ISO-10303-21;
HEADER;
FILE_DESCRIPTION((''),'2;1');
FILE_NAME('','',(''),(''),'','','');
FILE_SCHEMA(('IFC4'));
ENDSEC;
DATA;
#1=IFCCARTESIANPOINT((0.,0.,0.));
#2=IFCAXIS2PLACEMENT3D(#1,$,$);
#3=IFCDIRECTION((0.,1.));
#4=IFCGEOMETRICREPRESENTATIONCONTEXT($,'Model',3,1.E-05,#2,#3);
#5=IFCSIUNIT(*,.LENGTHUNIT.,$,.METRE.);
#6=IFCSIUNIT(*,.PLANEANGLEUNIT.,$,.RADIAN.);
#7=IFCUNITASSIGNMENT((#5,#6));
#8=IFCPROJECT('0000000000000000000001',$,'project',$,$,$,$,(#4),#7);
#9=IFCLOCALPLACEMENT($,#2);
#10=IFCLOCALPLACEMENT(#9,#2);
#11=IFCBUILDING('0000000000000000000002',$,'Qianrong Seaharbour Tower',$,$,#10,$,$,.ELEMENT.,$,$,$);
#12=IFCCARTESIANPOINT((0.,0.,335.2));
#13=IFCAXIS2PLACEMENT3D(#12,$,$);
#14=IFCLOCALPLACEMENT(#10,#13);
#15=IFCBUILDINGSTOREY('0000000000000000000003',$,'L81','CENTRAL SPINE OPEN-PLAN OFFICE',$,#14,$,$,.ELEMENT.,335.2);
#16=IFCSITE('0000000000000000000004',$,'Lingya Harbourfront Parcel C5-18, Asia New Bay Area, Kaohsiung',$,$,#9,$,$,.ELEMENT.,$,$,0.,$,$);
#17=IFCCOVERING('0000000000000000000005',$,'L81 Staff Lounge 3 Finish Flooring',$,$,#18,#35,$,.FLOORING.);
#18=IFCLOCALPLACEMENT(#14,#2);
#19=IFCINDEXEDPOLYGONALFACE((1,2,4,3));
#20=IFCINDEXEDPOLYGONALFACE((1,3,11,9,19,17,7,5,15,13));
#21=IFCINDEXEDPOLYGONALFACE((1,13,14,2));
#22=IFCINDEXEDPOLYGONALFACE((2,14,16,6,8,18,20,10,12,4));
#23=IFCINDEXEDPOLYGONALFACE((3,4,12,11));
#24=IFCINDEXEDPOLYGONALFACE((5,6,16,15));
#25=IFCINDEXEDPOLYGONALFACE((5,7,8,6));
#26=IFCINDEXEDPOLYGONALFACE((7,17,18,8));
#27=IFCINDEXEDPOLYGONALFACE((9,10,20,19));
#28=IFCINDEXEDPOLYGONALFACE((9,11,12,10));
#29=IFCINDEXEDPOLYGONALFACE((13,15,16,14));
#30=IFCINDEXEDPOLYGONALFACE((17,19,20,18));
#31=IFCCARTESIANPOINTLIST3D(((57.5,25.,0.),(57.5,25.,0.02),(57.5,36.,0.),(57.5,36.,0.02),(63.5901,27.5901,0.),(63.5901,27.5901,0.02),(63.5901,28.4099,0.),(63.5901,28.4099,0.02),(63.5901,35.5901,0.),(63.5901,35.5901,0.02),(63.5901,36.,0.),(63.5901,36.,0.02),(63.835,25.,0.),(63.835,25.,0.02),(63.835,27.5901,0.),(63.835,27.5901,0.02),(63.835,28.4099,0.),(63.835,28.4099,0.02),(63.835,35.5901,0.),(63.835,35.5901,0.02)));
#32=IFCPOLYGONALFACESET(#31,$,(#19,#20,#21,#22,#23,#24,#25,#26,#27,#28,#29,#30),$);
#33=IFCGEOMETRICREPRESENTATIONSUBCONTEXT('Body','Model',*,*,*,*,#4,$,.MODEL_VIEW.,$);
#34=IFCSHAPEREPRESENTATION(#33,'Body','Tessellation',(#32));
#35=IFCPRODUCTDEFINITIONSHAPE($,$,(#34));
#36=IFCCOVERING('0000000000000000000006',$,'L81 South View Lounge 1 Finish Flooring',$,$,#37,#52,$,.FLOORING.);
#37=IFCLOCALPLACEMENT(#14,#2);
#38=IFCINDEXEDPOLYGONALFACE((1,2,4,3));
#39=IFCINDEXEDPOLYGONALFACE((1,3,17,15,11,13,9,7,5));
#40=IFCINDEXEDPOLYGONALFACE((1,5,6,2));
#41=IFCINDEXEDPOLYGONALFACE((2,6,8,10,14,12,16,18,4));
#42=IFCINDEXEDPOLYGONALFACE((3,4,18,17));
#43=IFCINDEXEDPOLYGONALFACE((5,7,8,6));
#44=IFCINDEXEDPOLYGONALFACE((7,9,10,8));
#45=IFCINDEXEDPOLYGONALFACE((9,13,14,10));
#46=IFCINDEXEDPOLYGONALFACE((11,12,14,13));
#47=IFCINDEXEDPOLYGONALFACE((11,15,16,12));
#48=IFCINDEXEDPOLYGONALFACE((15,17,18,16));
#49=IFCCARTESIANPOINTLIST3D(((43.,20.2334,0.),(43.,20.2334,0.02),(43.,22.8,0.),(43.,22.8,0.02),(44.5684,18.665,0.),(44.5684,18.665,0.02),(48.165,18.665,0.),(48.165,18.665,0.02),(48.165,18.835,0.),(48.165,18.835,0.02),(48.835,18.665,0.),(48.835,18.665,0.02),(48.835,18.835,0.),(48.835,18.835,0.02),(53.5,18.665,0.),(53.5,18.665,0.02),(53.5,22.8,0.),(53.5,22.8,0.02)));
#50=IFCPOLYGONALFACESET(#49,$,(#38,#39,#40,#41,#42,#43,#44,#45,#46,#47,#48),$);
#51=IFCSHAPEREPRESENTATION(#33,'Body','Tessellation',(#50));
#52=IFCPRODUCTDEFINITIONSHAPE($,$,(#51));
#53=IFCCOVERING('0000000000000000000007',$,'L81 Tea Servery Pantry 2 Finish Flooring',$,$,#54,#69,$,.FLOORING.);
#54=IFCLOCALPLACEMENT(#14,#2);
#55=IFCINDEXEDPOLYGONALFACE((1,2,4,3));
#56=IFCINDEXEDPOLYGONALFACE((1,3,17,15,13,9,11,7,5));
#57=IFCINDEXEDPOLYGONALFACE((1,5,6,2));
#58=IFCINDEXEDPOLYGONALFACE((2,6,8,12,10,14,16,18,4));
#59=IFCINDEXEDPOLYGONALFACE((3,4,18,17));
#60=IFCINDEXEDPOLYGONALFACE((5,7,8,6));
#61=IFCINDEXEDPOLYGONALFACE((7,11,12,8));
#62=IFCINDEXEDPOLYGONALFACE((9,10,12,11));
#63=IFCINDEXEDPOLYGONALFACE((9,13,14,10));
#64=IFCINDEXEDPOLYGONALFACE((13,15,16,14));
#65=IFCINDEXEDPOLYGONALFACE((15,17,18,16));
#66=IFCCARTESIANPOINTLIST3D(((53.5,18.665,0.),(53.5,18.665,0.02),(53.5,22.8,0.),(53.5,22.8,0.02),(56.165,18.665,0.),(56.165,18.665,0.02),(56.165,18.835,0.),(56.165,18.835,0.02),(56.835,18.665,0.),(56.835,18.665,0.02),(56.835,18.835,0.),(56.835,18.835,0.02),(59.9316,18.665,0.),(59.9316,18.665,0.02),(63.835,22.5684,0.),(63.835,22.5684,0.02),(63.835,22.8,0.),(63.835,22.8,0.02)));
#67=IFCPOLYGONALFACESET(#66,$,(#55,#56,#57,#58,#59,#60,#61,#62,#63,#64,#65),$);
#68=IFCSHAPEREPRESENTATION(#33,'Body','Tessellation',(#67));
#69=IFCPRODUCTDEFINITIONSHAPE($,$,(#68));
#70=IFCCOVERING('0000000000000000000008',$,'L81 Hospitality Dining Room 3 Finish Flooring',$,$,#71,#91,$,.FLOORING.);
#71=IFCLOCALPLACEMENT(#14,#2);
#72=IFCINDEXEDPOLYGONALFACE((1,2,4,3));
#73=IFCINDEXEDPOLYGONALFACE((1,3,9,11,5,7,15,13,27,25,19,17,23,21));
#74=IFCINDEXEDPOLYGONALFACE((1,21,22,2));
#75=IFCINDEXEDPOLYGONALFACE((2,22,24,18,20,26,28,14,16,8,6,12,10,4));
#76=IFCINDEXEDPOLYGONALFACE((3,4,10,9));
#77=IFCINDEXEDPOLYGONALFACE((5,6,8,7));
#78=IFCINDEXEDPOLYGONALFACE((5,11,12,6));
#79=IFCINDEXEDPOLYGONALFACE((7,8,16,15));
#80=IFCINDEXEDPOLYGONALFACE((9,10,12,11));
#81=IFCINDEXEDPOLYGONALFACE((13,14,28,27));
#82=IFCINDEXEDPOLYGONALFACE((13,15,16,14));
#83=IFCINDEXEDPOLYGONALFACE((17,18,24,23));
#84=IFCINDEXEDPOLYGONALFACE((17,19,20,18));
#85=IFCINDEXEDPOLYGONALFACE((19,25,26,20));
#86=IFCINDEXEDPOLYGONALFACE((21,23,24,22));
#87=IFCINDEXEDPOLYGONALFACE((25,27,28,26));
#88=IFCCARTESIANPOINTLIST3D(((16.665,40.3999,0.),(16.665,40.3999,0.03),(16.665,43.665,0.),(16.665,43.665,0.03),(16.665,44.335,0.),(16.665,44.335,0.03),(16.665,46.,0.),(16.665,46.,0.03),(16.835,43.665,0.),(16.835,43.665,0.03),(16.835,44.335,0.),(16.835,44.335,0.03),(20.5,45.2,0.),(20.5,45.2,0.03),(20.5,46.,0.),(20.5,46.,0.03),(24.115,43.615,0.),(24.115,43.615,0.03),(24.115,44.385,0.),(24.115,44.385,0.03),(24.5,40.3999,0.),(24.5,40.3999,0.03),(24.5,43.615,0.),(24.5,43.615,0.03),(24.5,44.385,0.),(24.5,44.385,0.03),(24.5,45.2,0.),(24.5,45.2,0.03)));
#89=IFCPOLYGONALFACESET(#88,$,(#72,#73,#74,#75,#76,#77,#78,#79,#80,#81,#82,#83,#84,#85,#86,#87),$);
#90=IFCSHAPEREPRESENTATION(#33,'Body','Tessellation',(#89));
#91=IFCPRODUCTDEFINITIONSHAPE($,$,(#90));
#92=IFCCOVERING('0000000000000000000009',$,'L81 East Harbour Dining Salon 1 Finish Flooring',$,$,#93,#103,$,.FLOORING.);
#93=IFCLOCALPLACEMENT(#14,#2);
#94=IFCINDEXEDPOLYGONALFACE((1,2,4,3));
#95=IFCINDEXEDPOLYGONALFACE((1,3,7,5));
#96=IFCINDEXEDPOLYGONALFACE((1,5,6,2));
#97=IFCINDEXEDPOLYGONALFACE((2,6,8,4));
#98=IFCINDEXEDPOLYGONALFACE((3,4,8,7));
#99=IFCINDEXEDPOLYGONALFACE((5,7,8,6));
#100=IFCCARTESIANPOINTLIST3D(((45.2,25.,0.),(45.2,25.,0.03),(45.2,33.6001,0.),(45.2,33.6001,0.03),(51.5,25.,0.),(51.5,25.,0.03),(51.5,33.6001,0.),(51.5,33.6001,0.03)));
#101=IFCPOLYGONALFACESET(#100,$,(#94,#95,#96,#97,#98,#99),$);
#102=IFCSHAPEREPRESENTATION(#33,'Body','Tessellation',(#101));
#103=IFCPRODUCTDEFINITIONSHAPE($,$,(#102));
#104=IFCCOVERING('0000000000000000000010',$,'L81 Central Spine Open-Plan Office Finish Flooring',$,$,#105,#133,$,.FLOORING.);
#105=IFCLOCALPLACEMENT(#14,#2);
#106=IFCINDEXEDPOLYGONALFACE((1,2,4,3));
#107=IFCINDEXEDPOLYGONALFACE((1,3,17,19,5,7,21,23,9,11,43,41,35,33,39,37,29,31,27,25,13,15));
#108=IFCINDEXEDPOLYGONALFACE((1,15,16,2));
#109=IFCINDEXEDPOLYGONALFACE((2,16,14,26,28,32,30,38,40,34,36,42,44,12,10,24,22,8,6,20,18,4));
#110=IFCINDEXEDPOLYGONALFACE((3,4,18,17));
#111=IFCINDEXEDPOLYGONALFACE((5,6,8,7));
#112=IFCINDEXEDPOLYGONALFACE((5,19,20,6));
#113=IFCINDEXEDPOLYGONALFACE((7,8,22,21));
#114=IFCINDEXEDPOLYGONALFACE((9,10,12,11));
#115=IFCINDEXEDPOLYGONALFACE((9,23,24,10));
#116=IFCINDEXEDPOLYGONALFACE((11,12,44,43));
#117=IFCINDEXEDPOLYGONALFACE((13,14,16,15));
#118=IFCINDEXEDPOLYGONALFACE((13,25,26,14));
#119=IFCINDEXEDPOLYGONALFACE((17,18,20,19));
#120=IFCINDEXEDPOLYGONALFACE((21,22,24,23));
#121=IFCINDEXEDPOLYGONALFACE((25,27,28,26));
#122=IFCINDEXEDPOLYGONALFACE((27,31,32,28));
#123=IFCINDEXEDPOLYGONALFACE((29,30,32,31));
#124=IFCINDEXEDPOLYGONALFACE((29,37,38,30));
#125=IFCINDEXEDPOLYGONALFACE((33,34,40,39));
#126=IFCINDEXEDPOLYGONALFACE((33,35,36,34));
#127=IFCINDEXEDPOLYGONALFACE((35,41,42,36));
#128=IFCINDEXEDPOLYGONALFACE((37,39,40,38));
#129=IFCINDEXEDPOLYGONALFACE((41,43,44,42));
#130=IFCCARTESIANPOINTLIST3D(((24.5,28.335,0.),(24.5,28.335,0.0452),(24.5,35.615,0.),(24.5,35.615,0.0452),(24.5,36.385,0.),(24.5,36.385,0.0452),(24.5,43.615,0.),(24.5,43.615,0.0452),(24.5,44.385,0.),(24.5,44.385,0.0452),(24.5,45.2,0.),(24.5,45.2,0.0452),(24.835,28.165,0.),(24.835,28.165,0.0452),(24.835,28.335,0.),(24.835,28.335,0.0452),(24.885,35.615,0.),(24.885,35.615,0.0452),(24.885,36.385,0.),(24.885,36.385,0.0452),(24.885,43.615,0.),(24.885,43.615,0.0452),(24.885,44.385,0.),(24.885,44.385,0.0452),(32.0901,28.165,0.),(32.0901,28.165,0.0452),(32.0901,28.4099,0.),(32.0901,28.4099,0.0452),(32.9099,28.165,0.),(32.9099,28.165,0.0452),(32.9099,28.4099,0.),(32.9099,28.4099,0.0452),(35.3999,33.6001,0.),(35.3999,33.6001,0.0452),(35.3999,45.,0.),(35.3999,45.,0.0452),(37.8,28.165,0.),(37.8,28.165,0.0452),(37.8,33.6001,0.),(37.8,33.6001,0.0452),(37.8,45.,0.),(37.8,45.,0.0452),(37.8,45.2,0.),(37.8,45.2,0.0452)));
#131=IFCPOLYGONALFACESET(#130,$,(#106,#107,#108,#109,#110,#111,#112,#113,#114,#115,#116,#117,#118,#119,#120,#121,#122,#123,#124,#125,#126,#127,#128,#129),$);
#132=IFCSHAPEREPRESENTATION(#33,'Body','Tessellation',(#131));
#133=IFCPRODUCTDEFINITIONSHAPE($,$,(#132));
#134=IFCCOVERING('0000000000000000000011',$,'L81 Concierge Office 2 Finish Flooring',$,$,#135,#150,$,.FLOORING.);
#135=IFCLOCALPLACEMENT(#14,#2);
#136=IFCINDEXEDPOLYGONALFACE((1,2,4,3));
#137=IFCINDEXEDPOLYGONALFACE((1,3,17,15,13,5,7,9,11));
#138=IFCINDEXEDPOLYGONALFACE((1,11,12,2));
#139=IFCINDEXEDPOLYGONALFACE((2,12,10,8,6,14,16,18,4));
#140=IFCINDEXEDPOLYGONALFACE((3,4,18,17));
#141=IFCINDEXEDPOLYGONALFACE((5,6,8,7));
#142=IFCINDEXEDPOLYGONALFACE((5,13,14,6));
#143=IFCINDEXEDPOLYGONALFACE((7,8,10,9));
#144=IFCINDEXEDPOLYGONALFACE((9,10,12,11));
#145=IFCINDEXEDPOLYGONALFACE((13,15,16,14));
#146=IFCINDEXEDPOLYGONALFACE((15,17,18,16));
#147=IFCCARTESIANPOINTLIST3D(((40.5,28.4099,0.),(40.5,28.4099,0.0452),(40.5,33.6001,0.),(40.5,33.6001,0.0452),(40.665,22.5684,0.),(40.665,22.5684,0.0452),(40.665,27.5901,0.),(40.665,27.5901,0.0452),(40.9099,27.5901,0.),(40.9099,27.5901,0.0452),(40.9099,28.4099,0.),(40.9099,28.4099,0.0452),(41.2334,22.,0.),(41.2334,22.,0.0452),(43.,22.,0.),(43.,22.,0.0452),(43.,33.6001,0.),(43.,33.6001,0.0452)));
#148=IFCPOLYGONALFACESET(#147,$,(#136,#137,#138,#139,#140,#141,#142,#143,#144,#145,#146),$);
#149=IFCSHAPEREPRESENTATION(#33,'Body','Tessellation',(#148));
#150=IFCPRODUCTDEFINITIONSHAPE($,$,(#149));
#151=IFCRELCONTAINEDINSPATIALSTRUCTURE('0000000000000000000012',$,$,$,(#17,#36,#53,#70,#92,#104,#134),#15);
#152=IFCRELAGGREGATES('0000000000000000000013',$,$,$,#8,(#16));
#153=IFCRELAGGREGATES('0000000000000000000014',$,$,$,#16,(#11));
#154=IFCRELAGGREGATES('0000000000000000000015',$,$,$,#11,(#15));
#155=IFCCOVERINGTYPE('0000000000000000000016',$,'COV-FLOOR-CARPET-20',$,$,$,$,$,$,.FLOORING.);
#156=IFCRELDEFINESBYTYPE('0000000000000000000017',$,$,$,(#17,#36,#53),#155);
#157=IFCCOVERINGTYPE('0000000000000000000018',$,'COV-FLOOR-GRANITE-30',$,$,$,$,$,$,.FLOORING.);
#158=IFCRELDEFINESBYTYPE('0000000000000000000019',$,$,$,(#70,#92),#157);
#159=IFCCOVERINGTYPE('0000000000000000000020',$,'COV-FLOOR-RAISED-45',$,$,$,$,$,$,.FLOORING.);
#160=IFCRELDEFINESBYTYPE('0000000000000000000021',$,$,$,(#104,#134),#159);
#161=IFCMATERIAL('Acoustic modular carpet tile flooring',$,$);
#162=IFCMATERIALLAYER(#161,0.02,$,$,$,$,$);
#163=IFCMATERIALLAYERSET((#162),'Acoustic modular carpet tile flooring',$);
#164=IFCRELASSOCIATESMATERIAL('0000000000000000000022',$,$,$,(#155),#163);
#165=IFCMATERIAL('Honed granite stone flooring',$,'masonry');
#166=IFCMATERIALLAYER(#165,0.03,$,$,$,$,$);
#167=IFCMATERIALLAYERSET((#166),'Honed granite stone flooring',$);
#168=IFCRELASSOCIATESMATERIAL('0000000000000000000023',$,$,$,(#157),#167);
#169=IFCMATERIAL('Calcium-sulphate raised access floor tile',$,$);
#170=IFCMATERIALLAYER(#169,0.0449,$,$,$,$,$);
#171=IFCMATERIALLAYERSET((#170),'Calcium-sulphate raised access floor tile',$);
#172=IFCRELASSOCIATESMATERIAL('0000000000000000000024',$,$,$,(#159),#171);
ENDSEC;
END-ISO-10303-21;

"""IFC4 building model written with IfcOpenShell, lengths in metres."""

from ifc_helpers import new_model, si_unit, direction, frame, origin, place, context, subcontext, project, spatial, polyline, outline, extrude, material, layer, layer_set, type_object, element, save


model = new_model("IFC4")

# Units and contexts
model_context = context("Model", 3, precision=1e-05, world=origin(), true_north=direction((0.0, 1.0)))
body_context = subcontext(model_context, "Body", "Model", "MODEL_VIEW")
ifc_project = project(units=[si_unit("LENGTHUNIT", "METRE"), si_unit("PLANEANGLEUNIT", "RADIAN")], contexts=[model_context])

# Site, building, storey
site_placement = place(None, origin())
site = spatial("IfcSite", under=ifc_project, at=site_placement, Name="Lingya Harbourfront Parcel C5-18, Asia New Bay Area, Kaohsiung", CompositionType="ELEMENT", RefElevation=0.0)
building_placement = place(site_placement, origin())
building = spatial("IfcBuilding", under=site, at=building_placement, Name="Qianrong Seaharbour Tower", CompositionType="ELEMENT")
storey_placement = place(building_placement, frame((0.0, 0.0, 335.2)))
storey = spatial("IfcBuildingStorey", under=building, at=storey_placement, Name="L81", Description="CENTRAL SPINE OPEN-PLAN OFFICE", CompositionType="ELEMENT", Elevation=335.2)

# Coverings
ifc_material_1 = material(Name="Acoustic modular carpet tile flooring")
ifc_layer_1 = layer(ifc_material_1, 0.02)
ifc_layer_set_1 = layer_set([ifc_layer_1], Name="Acoustic modular carpet tile flooring")
covering_type_1 = type_object("IfcCoveringType", Name="COV-FLOOR-CARPET-20", PredefinedType="FLOORING", material=ifc_layer_set_1)
covering_1_placement = place(storey_placement, origin())
element("IfcCovering", 1, at=covering_1_placement, inside=storey, type_object=covering_type_1, Name="L81 Staff Lounge 3 Finish Flooring", PredefinedType="FLOORING", context=body_context, shape_type="SweptSolid", body=[
    extrude(outline(polyline([(63.5901, 36.0), (63.5901, 35.5901), (63.835, 35.5901), (63.835, 28.4099), (63.5901, 28.4099), (63.5901, 27.5901), (63.835, 27.5901), (63.835, 25.0), (57.5, 25.0), (57.5, 36.0), (63.5901, 36.0)])), origin(), (0.0, 0.0, 1.0), 0.02),
])
covering_2_placement = place(storey_placement, origin())
element("IfcCovering", 2, at=covering_2_placement, inside=storey, type_object=covering_type_1, Name="L81 South View Lounge 1 Finish Flooring", PredefinedType="FLOORING", context=body_context, shape_type="SweptSolid", body=[
    extrude(outline(polyline([(53.5, 18.665), (48.835, 18.665), (48.835, 18.835), (48.165, 18.835), (48.165, 18.665), (44.5684, 18.665), (43.0, 20.2334), (43.0, 22.8), (53.5, 22.8), (53.5, 18.665)])), origin(), (0.0, 0.0, 1.0), 0.02),
])
covering_3_placement = place(storey_placement, origin())
element("IfcCovering", 3, at=covering_3_placement, inside=storey, type_object=covering_type_1, Name="L81 Tea Servery Pantry 2 Finish Flooring", PredefinedType="FLOORING", context=body_context, shape_type="SweptSolid", body=[
    extrude(outline(polyline([(63.835, 22.5684), (59.9316, 18.665), (56.835, 18.665), (56.835, 18.835), (56.165, 18.835), (56.165, 18.665), (53.5, 18.665), (53.5, 22.8), (63.835, 22.8), (63.835, 22.5684)])), origin(), (0.0, 0.0, 1.0), 0.02),
])
ifc_material_2 = material(Name="Honed granite stone flooring", Category="masonry")
ifc_layer_2 = layer(ifc_material_2, 0.03)
ifc_layer_set_2 = layer_set([ifc_layer_2], Name="Honed granite stone flooring")
covering_type_2 = type_object("IfcCoveringType", Name="COV-FLOOR-GRANITE-30", PredefinedType="FLOORING", material=ifc_layer_set_2)
covering_4_placement = place(storey_placement, origin())
element("IfcCovering", 4, at=covering_4_placement, inside=storey, type_object=covering_type_2, Name="L81 Hospitality Dining Room 3 Finish Flooring", PredefinedType="FLOORING", context=body_context, shape_type="SweptSolid", body=[
    extrude(outline(polyline([(16.665, 40.3999), (16.665, 43.665), (16.835, 43.665), (16.835, 44.335), (16.665, 44.335), (16.665, 46.0), (20.5, 46.0), (20.5, 45.2), (24.5, 45.2), (24.5, 44.385), (24.115, 44.385), (24.115, 43.615), (24.5, 43.615), (24.5, 40.3999), (16.665, 40.3999)])), origin(), (0.0, 0.0, 1.0), 0.03),
])
covering_5_placement = place(storey_placement, origin())
element("IfcCovering", 5, at=covering_5_placement, inside=storey, type_object=covering_type_2, Name="L81 East Harbour Dining Salon 1 Finish Flooring", PredefinedType="FLOORING", context=body_context, shape_type="SweptSolid", body=[
    extrude(outline(polyline([(51.5, 33.6001), (51.5, 25.0), (45.2, 25.0), (45.2, 33.6001), (51.5, 33.6001)])), origin(), (0.0, 0.0, 1.0), 0.03),
])
ifc_material_3 = material(Name="Calcium-sulphate raised access floor tile")
ifc_layer_3 = layer(ifc_material_3, 0.0449)
ifc_layer_set_3 = layer_set([ifc_layer_3], Name="Calcium-sulphate raised access floor tile")
covering_type_3 = type_object("IfcCoveringType", Name="COV-FLOOR-RAISED-45", PredefinedType="FLOORING", material=ifc_layer_set_3)
covering_6_placement = place(storey_placement, origin())
element("IfcCovering", 6, at=covering_6_placement, inside=storey, type_object=covering_type_3, Name="L81 Central Spine Open-Plan Office Finish Flooring", PredefinedType="FLOORING", context=body_context, shape_type="SweptSolid", body=[
    extrude(outline(polyline([(24.5, 35.615), (24.885, 35.615), (24.885, 36.385), (24.5, 36.385), (24.5, 43.615), (24.885, 43.615), (24.885, 44.385), (24.5, 44.385), (24.5, 45.2), (37.8, 45.2), (37.8, 45.0), (35.3999, 45.0), (35.3999, 33.6001), (37.8, 33.6001), (37.8, 28.165), (32.9099, 28.165), (32.9099, 28.4099), (32.0901, 28.4099), (32.0901, 28.165), (24.835, 28.165), (24.835, 28.335), (24.5, 28.335), (24.5, 35.615)])), origin(), (0.0, 0.0, 1.0), 0.0452),
])
covering_7_placement = place(storey_placement, origin())
element("IfcCovering", 7, at=covering_7_placement, inside=storey, type_object=covering_type_3, Name="L81 Concierge Office 2 Finish Flooring", PredefinedType="FLOORING", context=body_context, shape_type="SweptSolid", body=[
    extrude(outline(polyline([(43.0, 22.0), (41.2334, 22.0), (40.665, 22.5684), (40.665, 27.5901), (40.9099, 27.5901), (40.9099, 28.4099), (40.5, 28.4099), (40.5, 33.6001), (43.0, 33.6001), (43.0, 22.0)])), origin(), (0.0, 0.0, 1.0), 0.0452),
])

save(model, "model.ifc")
